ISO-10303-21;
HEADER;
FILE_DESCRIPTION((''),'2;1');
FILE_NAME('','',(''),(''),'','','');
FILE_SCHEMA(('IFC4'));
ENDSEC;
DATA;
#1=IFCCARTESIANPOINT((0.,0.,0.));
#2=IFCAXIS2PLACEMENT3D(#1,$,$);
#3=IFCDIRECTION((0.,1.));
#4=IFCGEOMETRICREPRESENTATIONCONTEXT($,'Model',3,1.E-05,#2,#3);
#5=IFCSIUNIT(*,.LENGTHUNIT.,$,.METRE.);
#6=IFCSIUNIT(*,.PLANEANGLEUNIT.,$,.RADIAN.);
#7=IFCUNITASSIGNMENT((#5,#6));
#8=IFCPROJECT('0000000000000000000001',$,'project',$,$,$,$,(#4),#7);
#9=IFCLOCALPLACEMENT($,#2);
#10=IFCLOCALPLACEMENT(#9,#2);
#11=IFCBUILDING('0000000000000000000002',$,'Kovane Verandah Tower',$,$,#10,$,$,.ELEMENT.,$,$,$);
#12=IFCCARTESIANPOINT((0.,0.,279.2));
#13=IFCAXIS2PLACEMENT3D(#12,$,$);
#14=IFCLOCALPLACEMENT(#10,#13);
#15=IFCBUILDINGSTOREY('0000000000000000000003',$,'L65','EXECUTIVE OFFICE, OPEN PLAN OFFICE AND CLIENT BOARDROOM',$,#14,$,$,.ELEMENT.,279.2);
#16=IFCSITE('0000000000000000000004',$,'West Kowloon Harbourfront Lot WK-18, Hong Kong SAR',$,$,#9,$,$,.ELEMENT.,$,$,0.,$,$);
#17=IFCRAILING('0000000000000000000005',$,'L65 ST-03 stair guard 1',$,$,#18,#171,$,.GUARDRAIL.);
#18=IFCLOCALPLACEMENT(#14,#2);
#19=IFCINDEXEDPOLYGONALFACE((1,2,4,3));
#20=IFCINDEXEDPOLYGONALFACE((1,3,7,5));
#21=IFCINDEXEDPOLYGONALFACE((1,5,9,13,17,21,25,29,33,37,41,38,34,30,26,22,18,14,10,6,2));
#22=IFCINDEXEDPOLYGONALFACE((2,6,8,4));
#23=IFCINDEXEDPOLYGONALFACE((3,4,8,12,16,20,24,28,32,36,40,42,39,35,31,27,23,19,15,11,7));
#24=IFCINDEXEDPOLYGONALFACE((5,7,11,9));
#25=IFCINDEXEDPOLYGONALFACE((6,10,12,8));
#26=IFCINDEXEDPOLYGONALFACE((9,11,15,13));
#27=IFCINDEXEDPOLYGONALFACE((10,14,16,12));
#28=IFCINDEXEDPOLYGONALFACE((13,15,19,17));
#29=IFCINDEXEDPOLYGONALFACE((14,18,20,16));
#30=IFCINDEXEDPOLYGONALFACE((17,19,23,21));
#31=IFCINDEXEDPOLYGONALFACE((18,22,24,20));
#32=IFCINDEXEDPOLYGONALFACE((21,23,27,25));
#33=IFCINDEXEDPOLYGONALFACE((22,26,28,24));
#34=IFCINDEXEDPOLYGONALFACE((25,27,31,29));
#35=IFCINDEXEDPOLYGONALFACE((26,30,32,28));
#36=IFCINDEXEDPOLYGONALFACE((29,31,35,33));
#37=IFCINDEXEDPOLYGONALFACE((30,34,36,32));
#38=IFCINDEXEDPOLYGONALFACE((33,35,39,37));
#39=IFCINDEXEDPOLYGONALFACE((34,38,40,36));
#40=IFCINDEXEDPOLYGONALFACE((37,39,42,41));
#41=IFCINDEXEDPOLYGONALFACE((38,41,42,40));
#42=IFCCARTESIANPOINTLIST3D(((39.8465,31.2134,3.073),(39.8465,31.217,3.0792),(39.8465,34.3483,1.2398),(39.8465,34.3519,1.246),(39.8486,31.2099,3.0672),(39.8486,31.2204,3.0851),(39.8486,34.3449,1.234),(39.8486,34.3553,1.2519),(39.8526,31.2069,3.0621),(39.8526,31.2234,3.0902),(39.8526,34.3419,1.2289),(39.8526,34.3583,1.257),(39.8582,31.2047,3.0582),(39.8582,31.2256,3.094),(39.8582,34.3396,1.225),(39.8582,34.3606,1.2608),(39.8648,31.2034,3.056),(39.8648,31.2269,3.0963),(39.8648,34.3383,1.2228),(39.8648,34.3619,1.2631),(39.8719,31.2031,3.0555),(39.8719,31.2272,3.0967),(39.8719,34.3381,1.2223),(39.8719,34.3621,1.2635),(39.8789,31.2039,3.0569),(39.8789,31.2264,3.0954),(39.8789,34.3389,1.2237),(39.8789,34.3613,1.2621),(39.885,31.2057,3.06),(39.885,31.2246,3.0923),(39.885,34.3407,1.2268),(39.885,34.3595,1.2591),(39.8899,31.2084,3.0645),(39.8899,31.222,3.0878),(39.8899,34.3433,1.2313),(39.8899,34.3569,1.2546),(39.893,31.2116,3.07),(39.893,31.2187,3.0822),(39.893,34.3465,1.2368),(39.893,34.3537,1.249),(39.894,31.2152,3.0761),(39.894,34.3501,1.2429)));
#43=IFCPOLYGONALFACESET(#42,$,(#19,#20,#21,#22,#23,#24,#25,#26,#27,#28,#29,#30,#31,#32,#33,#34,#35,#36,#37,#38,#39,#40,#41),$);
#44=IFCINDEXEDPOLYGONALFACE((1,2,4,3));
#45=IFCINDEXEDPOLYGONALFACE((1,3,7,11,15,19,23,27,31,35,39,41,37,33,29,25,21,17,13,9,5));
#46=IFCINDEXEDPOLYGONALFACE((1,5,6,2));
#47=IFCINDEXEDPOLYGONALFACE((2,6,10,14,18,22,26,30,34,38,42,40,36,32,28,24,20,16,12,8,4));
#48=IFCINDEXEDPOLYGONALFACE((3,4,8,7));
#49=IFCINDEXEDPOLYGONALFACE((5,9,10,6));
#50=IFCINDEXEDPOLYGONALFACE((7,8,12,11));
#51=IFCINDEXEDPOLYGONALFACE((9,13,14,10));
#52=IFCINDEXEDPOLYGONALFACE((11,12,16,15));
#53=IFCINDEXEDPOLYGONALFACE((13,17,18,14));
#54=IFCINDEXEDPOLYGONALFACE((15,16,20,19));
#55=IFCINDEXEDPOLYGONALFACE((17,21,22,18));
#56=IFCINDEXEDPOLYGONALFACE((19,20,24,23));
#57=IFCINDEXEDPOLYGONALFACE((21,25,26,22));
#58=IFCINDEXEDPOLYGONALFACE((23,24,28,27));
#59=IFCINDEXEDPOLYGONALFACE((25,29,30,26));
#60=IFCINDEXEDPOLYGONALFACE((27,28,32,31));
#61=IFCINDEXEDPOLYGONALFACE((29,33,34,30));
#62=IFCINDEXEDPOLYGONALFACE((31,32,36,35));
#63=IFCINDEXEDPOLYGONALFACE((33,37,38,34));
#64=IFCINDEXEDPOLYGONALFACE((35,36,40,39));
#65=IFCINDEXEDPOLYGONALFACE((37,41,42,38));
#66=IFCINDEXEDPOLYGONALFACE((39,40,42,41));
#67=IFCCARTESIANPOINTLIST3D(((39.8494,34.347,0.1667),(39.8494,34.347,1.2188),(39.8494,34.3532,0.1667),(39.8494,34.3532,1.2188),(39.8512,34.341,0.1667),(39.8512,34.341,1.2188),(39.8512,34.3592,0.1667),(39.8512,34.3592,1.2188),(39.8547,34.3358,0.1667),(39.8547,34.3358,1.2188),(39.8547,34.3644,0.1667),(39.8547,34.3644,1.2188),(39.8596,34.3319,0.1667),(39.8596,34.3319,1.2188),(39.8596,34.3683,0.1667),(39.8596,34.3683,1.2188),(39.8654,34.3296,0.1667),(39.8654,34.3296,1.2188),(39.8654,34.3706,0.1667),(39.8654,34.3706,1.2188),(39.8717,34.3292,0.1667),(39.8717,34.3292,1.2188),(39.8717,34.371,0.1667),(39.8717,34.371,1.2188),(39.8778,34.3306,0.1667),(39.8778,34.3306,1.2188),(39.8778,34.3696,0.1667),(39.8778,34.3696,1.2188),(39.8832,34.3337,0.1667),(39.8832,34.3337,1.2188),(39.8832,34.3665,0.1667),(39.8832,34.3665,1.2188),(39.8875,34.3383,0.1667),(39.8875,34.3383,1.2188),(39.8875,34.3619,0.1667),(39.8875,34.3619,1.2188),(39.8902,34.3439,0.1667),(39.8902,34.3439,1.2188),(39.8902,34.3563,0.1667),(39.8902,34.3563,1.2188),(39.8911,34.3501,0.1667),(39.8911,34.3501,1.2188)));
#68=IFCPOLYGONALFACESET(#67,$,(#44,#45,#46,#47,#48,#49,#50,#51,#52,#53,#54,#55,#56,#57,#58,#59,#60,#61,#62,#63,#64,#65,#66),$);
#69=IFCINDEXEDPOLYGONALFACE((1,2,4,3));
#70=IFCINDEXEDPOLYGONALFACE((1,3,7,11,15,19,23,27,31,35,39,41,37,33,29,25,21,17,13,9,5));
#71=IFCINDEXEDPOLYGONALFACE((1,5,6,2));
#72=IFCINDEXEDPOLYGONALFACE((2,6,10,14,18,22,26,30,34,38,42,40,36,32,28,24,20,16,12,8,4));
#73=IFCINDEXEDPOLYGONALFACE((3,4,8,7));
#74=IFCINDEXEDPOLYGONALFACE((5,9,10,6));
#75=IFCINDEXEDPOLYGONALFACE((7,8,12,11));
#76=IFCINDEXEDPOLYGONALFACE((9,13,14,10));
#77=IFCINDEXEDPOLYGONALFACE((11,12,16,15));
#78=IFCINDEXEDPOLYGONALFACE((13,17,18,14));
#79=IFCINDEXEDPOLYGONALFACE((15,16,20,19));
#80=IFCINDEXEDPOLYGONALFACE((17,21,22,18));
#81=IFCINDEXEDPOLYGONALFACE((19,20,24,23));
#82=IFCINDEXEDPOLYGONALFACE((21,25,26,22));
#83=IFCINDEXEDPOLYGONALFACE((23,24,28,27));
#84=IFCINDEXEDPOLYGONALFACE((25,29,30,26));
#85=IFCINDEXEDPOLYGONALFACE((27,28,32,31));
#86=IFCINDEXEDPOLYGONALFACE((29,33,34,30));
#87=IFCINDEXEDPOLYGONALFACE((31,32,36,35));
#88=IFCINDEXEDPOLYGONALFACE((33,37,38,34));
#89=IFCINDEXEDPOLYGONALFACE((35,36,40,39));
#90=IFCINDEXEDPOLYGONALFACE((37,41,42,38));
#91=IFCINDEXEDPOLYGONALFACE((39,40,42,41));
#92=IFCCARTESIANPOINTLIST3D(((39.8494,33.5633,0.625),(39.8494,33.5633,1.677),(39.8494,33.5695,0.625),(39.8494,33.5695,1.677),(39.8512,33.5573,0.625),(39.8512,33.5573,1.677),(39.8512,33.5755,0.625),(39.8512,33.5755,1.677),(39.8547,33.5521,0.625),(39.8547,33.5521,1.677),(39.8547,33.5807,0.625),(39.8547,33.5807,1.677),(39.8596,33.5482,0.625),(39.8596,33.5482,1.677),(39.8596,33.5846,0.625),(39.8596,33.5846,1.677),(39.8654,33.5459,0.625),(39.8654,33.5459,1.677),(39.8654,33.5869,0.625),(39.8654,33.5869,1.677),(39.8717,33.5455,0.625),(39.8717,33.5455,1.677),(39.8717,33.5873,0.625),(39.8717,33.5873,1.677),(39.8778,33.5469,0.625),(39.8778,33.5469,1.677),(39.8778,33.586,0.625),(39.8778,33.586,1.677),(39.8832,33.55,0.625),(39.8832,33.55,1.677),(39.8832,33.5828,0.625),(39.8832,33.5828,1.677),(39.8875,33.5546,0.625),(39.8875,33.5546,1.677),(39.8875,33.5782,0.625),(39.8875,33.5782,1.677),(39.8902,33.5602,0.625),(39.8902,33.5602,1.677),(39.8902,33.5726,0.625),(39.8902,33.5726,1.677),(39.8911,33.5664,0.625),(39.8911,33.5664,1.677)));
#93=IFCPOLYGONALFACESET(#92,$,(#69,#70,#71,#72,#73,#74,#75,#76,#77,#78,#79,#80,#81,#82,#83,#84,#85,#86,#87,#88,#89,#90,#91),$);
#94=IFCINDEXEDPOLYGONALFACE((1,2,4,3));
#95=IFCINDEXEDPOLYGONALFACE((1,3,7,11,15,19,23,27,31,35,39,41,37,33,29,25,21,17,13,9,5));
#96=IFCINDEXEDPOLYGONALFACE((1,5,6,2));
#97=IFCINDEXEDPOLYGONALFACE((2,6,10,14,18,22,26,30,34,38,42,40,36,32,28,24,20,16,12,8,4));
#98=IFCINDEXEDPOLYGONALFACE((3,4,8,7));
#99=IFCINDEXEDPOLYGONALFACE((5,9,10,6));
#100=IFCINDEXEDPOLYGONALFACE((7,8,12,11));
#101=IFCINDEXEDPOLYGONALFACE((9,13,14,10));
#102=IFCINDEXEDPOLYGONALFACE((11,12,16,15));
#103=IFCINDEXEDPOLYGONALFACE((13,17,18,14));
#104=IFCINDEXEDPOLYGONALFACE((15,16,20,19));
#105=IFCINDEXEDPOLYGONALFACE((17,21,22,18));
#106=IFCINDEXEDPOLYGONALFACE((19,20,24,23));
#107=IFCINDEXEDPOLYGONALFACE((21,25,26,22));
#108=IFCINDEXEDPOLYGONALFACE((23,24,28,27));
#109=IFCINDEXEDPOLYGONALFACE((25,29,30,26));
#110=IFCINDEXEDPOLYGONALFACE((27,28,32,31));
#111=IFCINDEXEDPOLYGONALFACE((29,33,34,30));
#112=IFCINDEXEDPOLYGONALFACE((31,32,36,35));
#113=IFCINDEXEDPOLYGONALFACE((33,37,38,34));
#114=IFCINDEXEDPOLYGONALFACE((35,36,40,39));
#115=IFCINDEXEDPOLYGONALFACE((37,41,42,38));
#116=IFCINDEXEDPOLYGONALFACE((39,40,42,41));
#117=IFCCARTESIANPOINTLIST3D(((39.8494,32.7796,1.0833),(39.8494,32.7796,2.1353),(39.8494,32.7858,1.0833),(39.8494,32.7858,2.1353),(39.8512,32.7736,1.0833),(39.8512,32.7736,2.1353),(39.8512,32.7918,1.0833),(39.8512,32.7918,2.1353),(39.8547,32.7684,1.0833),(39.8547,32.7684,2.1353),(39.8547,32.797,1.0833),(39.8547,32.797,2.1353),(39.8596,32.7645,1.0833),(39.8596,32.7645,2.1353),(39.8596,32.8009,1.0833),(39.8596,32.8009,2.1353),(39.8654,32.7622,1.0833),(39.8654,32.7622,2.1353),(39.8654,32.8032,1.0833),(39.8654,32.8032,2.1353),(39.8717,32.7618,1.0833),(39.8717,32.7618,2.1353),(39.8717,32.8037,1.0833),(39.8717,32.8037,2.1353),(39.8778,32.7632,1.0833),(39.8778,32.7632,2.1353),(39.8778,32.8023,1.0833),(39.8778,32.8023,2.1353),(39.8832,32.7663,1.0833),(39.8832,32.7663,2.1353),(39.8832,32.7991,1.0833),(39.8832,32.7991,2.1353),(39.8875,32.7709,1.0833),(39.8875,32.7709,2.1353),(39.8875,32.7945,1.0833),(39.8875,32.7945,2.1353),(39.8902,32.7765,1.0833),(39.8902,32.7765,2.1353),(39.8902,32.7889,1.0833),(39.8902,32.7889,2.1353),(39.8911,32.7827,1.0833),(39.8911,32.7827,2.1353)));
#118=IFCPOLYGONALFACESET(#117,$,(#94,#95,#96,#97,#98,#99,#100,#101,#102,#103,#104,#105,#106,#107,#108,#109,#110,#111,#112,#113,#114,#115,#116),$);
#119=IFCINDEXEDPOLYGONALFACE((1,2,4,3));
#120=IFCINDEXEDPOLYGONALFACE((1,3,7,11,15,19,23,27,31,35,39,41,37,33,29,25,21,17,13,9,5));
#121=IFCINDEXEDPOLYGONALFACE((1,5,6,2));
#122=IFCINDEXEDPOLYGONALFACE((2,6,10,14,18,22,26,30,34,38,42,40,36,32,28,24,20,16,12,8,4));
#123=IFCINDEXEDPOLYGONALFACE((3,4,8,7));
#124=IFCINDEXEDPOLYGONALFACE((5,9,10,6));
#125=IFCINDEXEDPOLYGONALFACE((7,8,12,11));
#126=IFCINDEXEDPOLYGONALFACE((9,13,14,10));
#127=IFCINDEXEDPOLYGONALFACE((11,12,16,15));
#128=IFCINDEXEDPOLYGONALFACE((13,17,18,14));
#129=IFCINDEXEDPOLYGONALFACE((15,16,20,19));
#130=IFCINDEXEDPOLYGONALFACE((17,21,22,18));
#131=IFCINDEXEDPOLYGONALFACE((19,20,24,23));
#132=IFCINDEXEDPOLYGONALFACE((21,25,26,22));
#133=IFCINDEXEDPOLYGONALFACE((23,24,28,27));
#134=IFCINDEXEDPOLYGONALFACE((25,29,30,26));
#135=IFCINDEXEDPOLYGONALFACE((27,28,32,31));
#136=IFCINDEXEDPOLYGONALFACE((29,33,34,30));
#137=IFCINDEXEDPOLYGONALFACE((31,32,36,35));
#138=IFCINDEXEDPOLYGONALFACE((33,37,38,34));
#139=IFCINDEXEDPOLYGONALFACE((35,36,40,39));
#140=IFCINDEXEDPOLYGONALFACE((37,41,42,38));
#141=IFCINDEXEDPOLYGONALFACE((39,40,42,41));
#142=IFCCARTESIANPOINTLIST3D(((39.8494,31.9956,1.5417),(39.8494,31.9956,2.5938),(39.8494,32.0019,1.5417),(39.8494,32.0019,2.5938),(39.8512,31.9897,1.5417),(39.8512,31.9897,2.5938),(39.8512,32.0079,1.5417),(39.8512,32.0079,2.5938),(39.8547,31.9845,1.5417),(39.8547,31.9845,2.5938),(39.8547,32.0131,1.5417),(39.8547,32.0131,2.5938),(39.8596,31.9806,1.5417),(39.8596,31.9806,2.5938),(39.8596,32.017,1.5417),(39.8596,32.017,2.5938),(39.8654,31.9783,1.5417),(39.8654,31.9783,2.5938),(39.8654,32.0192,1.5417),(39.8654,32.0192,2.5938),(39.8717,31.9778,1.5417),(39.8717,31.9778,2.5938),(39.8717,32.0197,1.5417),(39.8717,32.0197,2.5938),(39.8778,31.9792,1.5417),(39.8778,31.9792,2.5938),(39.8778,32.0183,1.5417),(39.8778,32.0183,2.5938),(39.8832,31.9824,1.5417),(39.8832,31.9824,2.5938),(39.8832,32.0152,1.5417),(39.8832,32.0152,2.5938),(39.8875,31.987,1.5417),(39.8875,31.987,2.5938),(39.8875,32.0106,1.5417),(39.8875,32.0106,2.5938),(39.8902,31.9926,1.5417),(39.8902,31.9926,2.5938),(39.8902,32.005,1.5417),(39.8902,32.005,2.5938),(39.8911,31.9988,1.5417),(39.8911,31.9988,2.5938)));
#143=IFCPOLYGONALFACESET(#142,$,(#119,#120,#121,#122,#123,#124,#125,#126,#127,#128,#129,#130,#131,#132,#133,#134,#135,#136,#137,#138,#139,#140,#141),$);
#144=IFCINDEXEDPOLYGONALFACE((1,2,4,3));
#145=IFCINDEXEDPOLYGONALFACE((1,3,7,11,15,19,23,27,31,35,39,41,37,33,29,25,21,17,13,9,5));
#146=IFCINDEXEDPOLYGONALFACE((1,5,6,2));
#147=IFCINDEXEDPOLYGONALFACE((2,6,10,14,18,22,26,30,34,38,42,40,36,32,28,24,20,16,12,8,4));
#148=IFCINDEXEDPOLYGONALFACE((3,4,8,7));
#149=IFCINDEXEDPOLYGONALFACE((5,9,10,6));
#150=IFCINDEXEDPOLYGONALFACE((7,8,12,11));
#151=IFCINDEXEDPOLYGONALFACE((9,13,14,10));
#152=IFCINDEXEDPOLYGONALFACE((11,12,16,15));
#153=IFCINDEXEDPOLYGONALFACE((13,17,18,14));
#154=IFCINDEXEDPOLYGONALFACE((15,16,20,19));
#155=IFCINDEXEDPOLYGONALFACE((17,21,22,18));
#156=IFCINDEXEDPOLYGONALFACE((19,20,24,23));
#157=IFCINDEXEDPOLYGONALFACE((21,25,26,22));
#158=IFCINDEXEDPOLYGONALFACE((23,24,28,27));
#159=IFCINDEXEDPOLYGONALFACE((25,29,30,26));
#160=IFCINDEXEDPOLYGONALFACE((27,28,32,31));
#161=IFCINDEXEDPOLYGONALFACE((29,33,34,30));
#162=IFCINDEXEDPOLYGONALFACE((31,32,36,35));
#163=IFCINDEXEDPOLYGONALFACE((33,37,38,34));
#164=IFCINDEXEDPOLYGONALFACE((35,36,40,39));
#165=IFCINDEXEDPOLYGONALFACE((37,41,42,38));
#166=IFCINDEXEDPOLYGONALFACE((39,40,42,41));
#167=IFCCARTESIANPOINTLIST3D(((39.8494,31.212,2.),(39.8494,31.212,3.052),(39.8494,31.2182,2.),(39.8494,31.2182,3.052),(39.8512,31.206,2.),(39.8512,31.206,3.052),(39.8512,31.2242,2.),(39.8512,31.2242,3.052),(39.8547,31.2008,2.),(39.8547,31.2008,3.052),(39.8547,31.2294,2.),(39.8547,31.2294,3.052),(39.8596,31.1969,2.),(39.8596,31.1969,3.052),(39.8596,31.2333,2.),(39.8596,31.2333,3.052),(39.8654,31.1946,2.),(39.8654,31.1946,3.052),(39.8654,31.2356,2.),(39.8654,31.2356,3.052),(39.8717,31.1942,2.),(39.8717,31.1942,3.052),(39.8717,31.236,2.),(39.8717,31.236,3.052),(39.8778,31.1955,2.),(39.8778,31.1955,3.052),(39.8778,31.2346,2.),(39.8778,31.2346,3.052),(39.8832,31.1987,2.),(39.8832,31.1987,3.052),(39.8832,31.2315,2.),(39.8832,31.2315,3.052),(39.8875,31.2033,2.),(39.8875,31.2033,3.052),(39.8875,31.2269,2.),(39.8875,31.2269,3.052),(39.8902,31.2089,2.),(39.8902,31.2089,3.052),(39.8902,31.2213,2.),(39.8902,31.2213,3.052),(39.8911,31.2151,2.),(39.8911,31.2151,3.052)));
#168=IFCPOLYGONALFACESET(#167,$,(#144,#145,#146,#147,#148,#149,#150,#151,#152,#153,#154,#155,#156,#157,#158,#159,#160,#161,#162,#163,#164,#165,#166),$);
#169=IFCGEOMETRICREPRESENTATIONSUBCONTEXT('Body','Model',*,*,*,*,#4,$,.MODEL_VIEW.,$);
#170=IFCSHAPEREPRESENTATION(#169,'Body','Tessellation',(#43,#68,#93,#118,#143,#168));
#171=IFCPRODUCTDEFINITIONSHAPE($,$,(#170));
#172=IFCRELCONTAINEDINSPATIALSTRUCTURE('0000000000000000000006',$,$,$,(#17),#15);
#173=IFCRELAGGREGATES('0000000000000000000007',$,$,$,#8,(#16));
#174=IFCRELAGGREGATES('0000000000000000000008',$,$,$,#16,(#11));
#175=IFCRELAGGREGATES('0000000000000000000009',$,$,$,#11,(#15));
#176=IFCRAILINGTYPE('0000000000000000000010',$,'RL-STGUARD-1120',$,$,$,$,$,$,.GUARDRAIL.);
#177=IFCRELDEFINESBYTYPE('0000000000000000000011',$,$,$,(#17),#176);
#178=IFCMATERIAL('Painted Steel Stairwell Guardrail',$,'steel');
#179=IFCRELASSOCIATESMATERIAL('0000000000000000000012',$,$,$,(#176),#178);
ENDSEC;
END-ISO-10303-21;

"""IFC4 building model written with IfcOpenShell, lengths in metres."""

from ifc_helpers import new_model, si_unit, direction, frame, origin, origin_2d, place, context, subcontext, project, spatial, circle, extrude, material, type_object, element, save


model = new_model("IFC4")

# Units and contexts
model_context = context("Model", 3, precision=1e-05, world=origin(), true_north=direction((0.0, 1.0)))
body_context = subcontext(model_context, "Body", "Model", "MODEL_VIEW")
ifc_project = project(units=[si_unit("LENGTHUNIT", "METRE"), si_unit("PLANEANGLEUNIT", "RADIAN")], contexts=[model_context])

# Site, building, storey
site_placement = place(None, origin())
site = spatial("IfcSite", under=ifc_project, at=site_placement, Name="West Kowloon Harbourfront Lot WK-18, Hong Kong SAR", CompositionType="ELEMENT", RefElevation=0.0)
building_placement = place(site_placement, origin())
building = spatial("IfcBuilding", under=site, at=building_placement, Name="Kovane Verandah Tower", CompositionType="ELEMENT")
storey_placement = place(building_placement, frame((0.0, 0.0, 279.2)))
storey = spatial("IfcBuildingStorey", under=building, at=storey_placement, Name="L65", Description="EXECUTIVE OFFICE, OPEN PLAN OFFICE AND CLIENT BOARDROOM", CompositionType="ELEMENT", Elevation=279.2)

# Railing
ifc_material_1 = material(Name="Painted Steel Stairwell Guardrail", Category="steel")
railing_type = type_object("IfcRailingType", Name="RL-STGUARD-1120", PredefinedType="GUARDRAIL", material=ifc_material_1)
railing_1_placement = place(storey_placement, frame((39.8701, 34.3501, 0.1667)))
element("IfcRailing", 1, at=railing_1_placement, inside=storey, type_object=railing_type, Name="L65 ST-03 stair guard 1", PredefinedType="GUARDRAIL", context=body_context, shape_type="SweptSolid", body=[
    extrude(circle(Radius=0.0239, at=origin_2d()), frame((0.0, 0.0, 1.0762), z_axis=(0.0, -0.86324, 0.504794), x_axis=(1.0, 0.0, 0.0)), (0.0, 0.0, 1.0), 3.6316),
    extrude(circle(Radius=0.021, at=origin_2d()), origin(), (0.0, 0.0, 1.0), 1.052),
    extrude(circle(Radius=0.021, at=origin_2d()), frame((0.0, -0.7837, 0.4583)), (0.0, 0.0, 1.0), 1.052),
    extrude(circle(Radius=0.021, at=origin_2d()), frame((0.0, -1.5674, 0.9165)), (0.0, 0.0, 1.0), 1.052),
    extrude(circle(Radius=0.021, at=origin_2d()), frame((0.0, -2.3513, 1.375)), (0.0, 0.0, 1.0), 1.052),
    extrude(circle(Radius=0.021, at=origin_2d()), frame((0.0, -3.135, 1.8333)), (0.0, 0.0, 1.0), 1.052),
])

save(model, "model.ifc")
